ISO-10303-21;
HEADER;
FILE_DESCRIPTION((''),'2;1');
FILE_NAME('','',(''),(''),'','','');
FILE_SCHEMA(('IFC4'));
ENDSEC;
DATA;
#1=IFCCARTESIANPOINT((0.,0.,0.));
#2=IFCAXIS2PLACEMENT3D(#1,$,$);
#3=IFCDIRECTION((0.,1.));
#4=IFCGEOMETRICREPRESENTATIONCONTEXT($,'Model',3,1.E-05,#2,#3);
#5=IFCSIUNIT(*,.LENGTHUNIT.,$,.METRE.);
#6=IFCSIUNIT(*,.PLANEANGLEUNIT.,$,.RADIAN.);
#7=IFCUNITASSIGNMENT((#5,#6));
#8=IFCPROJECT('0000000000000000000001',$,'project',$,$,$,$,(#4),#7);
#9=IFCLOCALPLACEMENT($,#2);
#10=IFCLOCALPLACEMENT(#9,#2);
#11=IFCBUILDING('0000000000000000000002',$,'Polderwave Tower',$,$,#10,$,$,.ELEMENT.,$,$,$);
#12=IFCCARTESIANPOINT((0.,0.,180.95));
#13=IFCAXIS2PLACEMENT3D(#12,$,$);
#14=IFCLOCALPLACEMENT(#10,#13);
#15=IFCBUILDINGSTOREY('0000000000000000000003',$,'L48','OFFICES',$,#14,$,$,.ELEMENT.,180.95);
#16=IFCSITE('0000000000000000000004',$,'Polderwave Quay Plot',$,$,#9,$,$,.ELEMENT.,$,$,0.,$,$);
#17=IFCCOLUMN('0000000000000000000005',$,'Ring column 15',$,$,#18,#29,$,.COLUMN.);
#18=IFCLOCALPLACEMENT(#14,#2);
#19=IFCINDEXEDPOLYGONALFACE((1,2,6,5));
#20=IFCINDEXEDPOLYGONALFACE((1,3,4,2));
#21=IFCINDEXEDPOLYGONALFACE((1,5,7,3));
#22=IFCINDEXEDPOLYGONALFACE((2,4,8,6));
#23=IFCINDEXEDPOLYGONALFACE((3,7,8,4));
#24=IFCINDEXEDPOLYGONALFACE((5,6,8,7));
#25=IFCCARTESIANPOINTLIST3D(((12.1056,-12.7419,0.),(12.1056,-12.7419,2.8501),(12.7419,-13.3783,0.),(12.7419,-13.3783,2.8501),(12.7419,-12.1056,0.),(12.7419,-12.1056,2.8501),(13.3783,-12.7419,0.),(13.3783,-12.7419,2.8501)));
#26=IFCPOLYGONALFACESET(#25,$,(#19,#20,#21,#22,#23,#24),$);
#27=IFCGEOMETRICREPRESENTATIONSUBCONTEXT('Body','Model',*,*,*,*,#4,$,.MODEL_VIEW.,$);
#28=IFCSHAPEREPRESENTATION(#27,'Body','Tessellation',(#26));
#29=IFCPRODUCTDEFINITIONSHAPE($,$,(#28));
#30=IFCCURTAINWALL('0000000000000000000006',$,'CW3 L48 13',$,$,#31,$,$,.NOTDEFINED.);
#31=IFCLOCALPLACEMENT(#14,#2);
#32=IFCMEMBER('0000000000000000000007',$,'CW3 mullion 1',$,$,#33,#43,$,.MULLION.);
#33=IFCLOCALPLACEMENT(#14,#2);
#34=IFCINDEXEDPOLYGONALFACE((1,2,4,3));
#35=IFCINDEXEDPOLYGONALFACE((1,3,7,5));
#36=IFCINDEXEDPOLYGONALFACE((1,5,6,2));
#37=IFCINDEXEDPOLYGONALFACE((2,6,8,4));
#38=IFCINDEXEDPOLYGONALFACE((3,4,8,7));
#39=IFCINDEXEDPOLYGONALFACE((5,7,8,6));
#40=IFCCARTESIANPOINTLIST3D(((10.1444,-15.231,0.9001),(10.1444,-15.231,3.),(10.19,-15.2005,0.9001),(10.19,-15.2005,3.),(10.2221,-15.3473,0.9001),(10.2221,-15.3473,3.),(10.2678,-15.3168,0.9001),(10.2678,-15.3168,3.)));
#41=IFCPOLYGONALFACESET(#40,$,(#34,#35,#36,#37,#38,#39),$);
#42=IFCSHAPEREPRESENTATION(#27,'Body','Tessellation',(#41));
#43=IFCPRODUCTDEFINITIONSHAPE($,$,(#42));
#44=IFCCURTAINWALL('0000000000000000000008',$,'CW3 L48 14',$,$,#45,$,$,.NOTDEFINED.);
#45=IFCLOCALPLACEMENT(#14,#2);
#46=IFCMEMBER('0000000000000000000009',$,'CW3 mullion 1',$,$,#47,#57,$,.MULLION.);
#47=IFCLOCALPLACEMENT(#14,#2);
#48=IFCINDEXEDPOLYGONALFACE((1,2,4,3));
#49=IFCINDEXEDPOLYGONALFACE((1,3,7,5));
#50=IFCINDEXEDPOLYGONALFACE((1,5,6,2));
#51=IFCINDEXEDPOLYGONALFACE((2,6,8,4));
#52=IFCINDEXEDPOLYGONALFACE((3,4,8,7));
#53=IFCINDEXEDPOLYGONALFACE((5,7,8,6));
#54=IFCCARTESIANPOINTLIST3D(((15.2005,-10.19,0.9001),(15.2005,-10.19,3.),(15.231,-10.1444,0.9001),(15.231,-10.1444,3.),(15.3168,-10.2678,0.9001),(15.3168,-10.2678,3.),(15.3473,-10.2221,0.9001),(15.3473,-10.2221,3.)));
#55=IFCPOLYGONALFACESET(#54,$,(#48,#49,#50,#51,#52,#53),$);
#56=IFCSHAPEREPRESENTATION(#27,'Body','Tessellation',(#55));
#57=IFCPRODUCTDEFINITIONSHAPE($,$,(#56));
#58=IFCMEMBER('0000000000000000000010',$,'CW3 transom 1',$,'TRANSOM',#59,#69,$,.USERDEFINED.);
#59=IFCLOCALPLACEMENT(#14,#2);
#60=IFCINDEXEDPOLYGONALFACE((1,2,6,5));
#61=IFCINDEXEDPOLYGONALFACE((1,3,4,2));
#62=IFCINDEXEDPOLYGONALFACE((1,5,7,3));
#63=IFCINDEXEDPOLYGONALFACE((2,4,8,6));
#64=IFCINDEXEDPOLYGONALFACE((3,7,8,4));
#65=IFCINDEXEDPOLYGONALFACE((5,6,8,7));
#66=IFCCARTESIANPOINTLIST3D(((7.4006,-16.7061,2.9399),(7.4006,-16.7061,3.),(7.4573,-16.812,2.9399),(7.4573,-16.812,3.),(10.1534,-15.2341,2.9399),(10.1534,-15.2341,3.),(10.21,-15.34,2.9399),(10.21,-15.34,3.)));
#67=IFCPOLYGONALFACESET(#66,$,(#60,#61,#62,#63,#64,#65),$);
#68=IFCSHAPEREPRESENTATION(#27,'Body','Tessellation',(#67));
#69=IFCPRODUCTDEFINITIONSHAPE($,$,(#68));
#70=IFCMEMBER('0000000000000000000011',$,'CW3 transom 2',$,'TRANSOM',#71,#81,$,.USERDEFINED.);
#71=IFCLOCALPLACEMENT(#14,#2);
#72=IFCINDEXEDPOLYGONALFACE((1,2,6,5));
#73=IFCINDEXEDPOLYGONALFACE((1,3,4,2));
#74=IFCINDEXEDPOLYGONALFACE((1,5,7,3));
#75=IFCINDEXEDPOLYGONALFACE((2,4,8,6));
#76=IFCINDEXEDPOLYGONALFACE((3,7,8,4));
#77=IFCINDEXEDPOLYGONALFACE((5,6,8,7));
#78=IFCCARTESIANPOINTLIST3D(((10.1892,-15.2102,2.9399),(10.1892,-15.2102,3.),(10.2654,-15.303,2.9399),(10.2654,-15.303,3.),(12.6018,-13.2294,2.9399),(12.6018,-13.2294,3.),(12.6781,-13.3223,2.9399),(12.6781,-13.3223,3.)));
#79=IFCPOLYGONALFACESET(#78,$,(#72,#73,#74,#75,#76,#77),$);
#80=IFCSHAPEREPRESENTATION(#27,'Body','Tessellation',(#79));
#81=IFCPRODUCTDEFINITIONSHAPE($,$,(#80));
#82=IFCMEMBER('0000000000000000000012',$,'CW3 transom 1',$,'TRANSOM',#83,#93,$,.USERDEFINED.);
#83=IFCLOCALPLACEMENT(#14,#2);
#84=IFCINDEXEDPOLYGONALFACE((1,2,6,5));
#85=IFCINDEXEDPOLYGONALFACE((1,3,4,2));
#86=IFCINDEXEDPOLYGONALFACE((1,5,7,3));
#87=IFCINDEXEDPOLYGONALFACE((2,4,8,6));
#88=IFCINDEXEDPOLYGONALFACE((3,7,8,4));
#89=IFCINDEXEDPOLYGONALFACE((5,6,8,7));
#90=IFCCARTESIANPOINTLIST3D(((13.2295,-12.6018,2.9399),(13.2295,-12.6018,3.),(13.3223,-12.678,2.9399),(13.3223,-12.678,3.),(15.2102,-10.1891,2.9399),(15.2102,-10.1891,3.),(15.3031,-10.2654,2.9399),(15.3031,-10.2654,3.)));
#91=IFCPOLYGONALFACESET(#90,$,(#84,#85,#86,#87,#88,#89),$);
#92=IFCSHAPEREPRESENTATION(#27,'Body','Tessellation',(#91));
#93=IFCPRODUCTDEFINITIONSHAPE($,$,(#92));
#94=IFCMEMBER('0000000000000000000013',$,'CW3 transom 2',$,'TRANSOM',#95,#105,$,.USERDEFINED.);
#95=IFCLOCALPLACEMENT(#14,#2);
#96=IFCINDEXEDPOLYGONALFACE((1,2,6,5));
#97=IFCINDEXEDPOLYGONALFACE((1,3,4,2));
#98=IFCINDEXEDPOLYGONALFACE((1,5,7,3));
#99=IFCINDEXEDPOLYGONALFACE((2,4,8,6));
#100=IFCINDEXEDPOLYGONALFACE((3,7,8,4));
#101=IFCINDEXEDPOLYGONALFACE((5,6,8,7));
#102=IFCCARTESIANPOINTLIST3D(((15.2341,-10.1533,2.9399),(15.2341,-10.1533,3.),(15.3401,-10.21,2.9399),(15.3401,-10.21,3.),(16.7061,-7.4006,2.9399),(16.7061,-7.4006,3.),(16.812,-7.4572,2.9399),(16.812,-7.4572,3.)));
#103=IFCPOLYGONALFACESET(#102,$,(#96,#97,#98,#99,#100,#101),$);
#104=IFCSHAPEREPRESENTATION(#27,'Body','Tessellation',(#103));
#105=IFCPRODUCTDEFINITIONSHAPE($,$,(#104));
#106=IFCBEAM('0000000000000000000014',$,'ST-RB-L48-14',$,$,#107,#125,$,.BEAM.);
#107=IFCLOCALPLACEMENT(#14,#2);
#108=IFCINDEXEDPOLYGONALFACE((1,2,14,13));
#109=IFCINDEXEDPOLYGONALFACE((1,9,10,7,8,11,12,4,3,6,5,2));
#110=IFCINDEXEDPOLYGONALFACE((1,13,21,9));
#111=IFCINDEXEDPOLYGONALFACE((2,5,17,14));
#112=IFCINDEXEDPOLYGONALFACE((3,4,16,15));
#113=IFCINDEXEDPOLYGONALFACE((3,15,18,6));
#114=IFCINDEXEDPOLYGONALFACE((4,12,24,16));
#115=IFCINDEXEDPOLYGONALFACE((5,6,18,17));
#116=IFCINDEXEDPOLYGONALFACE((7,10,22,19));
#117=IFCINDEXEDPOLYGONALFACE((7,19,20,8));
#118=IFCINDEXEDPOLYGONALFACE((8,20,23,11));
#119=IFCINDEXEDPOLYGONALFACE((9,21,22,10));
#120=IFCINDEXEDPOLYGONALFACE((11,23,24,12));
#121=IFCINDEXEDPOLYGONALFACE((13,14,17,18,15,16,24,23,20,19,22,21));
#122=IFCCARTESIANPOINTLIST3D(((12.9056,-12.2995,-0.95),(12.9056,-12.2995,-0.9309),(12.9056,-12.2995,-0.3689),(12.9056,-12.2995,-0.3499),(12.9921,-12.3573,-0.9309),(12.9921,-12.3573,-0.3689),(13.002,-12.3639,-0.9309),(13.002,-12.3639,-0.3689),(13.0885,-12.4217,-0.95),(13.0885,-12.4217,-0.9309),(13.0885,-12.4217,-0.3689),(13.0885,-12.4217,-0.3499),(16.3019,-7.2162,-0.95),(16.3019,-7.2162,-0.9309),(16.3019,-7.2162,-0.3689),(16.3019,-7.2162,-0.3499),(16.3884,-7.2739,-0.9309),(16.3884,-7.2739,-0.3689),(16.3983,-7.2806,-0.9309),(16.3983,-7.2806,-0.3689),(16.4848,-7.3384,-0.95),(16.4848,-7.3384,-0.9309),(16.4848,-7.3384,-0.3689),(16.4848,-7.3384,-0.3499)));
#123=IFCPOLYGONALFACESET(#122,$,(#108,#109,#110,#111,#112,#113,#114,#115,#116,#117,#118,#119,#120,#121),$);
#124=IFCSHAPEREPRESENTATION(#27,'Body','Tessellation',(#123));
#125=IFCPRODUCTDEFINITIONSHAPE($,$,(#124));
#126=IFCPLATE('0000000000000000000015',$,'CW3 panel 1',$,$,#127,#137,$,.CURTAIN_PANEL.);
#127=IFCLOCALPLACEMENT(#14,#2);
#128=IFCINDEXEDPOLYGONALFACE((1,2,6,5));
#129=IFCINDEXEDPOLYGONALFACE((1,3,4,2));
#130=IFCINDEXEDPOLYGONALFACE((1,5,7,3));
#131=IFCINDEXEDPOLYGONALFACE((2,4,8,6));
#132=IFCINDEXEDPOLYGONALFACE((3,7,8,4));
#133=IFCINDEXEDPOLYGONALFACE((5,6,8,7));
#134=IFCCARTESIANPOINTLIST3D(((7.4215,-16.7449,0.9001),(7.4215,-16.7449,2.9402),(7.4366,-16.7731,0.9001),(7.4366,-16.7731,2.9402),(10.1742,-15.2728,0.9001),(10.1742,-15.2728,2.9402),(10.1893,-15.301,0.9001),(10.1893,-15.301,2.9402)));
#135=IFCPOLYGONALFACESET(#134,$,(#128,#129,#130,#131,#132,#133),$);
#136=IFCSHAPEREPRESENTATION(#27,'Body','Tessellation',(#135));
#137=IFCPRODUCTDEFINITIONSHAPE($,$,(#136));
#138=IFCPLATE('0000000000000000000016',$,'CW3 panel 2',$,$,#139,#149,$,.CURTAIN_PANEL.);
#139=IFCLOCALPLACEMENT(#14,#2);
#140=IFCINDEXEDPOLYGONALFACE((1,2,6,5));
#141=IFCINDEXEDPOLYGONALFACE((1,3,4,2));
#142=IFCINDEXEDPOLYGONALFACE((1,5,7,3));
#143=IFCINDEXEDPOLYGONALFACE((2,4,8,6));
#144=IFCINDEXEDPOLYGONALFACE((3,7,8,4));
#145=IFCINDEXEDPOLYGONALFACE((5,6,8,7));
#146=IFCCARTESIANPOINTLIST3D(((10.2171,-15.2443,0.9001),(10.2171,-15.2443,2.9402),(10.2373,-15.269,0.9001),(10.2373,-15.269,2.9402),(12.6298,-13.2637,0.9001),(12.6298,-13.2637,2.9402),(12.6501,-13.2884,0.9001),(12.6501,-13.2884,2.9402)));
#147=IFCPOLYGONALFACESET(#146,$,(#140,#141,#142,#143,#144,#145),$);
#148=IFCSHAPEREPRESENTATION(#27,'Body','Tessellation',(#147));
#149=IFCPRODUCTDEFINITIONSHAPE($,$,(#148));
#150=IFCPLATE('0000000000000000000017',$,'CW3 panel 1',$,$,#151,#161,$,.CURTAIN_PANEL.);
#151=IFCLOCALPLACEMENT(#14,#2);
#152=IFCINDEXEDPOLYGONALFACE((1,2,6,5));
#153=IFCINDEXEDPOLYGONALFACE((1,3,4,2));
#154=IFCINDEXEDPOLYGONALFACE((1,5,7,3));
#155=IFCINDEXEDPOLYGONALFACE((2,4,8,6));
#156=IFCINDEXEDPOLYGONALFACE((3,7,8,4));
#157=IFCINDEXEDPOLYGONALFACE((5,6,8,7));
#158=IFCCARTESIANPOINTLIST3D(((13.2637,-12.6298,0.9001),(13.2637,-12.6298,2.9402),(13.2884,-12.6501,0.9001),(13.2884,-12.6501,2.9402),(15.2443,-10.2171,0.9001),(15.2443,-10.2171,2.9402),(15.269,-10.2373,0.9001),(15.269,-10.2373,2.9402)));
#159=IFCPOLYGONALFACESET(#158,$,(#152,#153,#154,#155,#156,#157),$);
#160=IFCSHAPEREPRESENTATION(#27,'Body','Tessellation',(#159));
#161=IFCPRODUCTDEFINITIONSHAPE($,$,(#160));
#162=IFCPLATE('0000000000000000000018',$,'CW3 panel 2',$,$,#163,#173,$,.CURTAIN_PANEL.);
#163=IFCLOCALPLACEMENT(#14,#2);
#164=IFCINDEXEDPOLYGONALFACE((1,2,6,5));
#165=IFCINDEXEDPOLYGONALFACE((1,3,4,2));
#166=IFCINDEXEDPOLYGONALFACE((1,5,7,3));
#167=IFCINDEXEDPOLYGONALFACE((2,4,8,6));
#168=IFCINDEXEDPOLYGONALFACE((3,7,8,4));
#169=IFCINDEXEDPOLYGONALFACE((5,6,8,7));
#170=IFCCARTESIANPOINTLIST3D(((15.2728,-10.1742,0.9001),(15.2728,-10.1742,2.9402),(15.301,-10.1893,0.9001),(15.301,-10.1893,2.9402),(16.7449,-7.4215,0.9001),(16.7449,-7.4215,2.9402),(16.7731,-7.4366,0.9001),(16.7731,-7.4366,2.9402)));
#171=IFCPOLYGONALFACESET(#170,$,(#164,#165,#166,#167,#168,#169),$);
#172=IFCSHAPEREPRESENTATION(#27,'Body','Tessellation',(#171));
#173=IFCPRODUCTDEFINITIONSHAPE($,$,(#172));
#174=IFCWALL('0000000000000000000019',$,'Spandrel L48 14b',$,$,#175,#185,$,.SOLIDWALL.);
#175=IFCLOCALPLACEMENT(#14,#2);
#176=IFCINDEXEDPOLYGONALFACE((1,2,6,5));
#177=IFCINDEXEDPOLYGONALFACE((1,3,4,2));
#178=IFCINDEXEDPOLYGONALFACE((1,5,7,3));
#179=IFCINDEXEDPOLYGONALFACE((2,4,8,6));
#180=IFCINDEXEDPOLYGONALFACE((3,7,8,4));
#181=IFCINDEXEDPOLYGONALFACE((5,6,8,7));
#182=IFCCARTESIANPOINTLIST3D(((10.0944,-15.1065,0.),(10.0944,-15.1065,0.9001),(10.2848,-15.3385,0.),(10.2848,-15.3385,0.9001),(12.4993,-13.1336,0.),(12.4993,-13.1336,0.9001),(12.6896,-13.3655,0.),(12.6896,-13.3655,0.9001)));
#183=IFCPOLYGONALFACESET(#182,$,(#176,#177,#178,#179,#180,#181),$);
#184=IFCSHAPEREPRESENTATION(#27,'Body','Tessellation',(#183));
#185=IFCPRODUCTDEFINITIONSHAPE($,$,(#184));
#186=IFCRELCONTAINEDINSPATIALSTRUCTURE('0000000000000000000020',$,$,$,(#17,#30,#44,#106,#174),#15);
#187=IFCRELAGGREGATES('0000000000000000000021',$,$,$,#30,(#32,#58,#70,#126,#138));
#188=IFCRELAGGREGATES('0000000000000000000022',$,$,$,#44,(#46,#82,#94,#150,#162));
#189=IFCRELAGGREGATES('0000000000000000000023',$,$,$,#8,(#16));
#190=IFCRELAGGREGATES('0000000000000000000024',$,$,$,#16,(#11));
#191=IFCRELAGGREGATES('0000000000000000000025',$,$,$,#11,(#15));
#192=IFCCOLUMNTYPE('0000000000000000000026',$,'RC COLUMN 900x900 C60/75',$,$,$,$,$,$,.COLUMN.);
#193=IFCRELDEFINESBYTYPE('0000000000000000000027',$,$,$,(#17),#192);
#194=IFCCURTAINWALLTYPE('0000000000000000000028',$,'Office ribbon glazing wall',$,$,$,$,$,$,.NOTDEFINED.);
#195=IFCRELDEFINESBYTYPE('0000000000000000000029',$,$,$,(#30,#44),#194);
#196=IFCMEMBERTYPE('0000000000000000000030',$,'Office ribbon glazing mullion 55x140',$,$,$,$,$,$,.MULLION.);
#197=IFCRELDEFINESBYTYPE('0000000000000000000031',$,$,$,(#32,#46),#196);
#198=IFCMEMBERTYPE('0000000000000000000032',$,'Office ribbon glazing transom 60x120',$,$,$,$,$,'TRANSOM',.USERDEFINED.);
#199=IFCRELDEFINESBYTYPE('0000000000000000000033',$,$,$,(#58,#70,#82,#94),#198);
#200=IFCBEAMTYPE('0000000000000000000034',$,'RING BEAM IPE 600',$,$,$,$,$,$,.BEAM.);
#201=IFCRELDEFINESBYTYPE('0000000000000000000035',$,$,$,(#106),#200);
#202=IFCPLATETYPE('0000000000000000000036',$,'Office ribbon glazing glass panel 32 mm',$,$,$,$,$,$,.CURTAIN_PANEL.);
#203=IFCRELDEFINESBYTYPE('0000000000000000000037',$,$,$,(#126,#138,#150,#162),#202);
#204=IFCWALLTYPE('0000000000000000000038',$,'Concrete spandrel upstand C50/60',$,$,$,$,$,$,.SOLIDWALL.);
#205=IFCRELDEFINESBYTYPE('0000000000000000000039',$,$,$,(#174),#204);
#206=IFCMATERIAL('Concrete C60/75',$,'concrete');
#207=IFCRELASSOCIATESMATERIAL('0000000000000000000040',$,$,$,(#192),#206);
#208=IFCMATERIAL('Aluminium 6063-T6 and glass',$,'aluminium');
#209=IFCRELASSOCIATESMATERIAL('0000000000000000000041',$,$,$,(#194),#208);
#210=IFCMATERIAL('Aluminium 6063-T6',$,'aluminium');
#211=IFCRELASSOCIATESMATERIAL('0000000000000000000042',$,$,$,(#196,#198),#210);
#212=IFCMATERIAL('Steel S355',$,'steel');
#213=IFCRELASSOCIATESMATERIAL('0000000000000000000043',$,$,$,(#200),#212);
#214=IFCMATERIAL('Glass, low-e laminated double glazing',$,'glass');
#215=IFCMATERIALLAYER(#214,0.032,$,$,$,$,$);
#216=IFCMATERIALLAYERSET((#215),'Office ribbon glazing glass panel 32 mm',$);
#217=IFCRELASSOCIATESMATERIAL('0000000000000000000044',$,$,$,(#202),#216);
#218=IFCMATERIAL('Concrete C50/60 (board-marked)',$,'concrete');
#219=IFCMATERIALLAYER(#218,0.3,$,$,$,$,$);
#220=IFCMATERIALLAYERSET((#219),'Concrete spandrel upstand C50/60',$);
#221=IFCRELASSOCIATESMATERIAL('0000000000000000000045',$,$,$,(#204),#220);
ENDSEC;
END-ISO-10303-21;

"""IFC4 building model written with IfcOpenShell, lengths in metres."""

from ifc_helpers import new_model, si_unit, direction, frame, frame_2d, origin, origin_2d, place, context, subcontext, project, spatial, rectangle, i_section, extrude, material, layer, layer_set, material_profile, profile_set, type_object, element, aggregate, save


model = new_model("IFC4")

# Units and contexts
model_context = context("Model", 3, precision=1e-05, world=origin(), true_north=direction((0.0, 1.0)))
body_context = subcontext(model_context, "Body", "Model", "MODEL_VIEW")
ifc_project = project(units=[si_unit("LENGTHUNIT", "METRE"), si_unit("PLANEANGLEUNIT", "RADIAN")], contexts=[model_context])

# Site, building, storey
site_placement = place(None, origin())
site = spatial("IfcSite", under=ifc_project, at=site_placement, Name="Polderwave Quay Plot", CompositionType="ELEMENT", RefElevation=0.0)
building_placement = place(site_placement, origin())
building = spatial("IfcBuilding", under=site, at=building_placement, Name="Polderwave Tower", CompositionType="ELEMENT")
storey_placement = place(building_placement, frame((0.0, 0.0, 180.95)))
storey = spatial("IfcBuildingStorey", under=building, at=storey_placement, Name="L48", Description="OFFICES", CompositionType="ELEMENT", Elevation=180.95)

# Column
ifc_material_1 = material(Name="Concrete C60/75", Category="concrete")
ifc_material_profile_1 = material_profile(ifc_material_1, rectangle(XDim=0.8999, YDim=0.8999, at=origin_2d()), Name="RC 900x900")
ifc_profile_set_1 = profile_set([ifc_material_profile_1], Name="Concrete C60/75")
column_type = type_object("IfcColumnType", Name="RC COLUMN 900x900 C60/75", PredefinedType="COLUMN", material=ifc_profile_set_1)
column_placement = place(storey_placement, frame((12.7419, -12.7419, 0.0), z_axis=(0.0, 0.0, 1.0), x_axis=(0.707107, -0.707107, 0.0)))
element("IfcColumn", 1, at=column_placement, inside=storey, type_object=column_type, Name="Ring column 15", PredefinedType="COLUMN", context=body_context, shape_type="SweptSolid", body=[
    extrude(rectangle(XDim=0.8999, YDim=0.8999, at=origin_2d()), origin(), (0.0, 0.0, 1.0), 2.8501),
])

# Curtain walls, members
ifc_material_2 = material(Name="Aluminium 6063-T6 and glass", Category="aluminium")
curtain_wall_type = type_object("IfcCurtainWallType", Name="Office ribbon glazing wall", PredefinedType="NOTDEFINED", material=ifc_material_2)
curtain_wall_1_placement = place(storey_placement, origin())
curtain_wall_1 = element("IfcCurtainWall", 2, at=curtain_wall_1_placement, inside=storey, type_object=curtain_wall_type, Name="CW3 L48 13", PredefinedType="NOTDEFINED")
ifc_material_3 = material(Name="Aluminium 6063-T6", Category="aluminium")
ifc_material_profile_2 = material_profile(ifc_material_3, rectangle(XDim=0.1399, YDim=0.0549, at=origin_2d()), Name="AL 55x140")
ifc_profile_set_2 = profile_set([ifc_material_profile_2], Name="Aluminium 6063-T6")
member_type_1 = type_object("IfcMemberType", Name="Office ribbon glazing mullion 55x140", PredefinedType="MULLION", material=ifc_profile_set_2)
member_1_placement = place(storey_placement, frame((10.2061, -15.2739, 0.9001), z_axis=(0.0, 0.0, 1.0), x_axis=(-0.555695, 0.831386, 0.0)))
member_1 = element("IfcMember", 3, at=member_1_placement, type_object=member_type_1, Name="CW3 mullion 1", PredefinedType="MULLION", context=body_context, shape_type="SweptSolid", body=[
    extrude(rectangle(XDim=0.1399, YDim=0.0549, at=origin_2d()), origin(), (0.0, 0.0, 1.0), 2.0999),
])
curtain_wall_2_placement = place(storey_placement, origin())
curtain_wall_2 = element("IfcCurtainWall", 4, at=curtain_wall_2_placement, inside=storey, type_object=curtain_wall_type, Name="CW3 L48 14", PredefinedType="NOTDEFINED")
member_2_placement = place(storey_placement, frame((15.2739, -10.2061, 0.9001), z_axis=(0.0, 0.0, 1.0), x_axis=(-0.831386, 0.555695, 0.0)))
member_2 = element("IfcMember", 5, at=member_2_placement, type_object=member_type_1, Name="CW3 mullion 1", PredefinedType="MULLION", context=body_context, shape_type="SweptSolid", body=[
    extrude(rectangle(XDim=0.1399, YDim=0.0549, at=origin_2d()), origin(), (0.0, 0.0, 1.0), 2.0999),
])

# Members
ifc_material_profile_3 = material_profile(ifc_material_3, rectangle(XDim=0.1201, YDim=0.0601, at=origin_2d()), Name="AL 60x120")
ifc_profile_set_3 = profile_set([ifc_material_profile_3], Name="Aluminium 6063-T6")
member_type_2 = type_object("IfcMemberType", Name="Office ribbon glazing transom 60x120", ElementType="TRANSOM", PredefinedType="USERDEFINED", material=ifc_profile_set_3)
member_3_placement = place(storey_placement, frame((7.429, -16.759, 2.97), z_axis=(0.881844, 0.471542, 0.0), x_axis=(-0.471542, 0.881844, 0.0)))
member_3 = element("IfcMember", 6, at=member_3_placement, type_object=member_type_2, Name="CW3 transom 1", ObjectType="TRANSOM", PredefinedType="USERDEFINED", context=body_context, shape_type="SweptSolid", body=[
    extrude(rectangle(XDim=0.1201, YDim=0.0601, at=origin_2d()), origin(), (0.0, 0.0, 1.0), 3.1216),
])
member_4_placement = place(storey_placement, frame((10.2273, -15.2566, 2.97), z_axis=(0.772893, 0.634536, 0.0), x_axis=(-0.634536, 0.772893, 0.0)))
member_4 = element("IfcMember", 7, at=member_4_placement, type_object=member_type_2, Name="CW3 transom 2", ObjectType="TRANSOM", PredefinedType="USERDEFINED", context=body_context, shape_type="SweptSolid", body=[
    extrude(rectangle(XDim=0.1201, YDim=0.0601, at=origin_2d()), origin(), (0.0, 0.0, 1.0), 3.1216),
])
member_5_placement = place(storey_placement, frame((13.2759, -12.6399, 2.97), z_axis=(0.634536, 0.772893, 0.0), x_axis=(-0.772893, 0.634536, 0.0)))
member_5 = element("IfcMember", 8, at=member_5_placement, type_object=member_type_2, Name="CW3 transom 1", ObjectType="TRANSOM", PredefinedType="USERDEFINED", context=body_context, shape_type="SweptSolid", body=[
    extrude(rectangle(XDim=0.1201, YDim=0.0601, at=origin_2d()), origin(), (0.0, 0.0, 1.0), 3.1216),
])
member_6_placement = place(storey_placement, frame((15.2871, -10.1816, 2.97), z_axis=(0.471542, 0.881844, 0.0), x_axis=(-0.881844, 0.471542, 0.0)))
member_6 = element("IfcMember", 9, at=member_6_placement, type_object=member_type_2, Name="CW3 transom 2", ObjectType="TRANSOM", PredefinedType="USERDEFINED", context=body_context, shape_type="SweptSolid", body=[
    extrude(rectangle(XDim=0.1201, YDim=0.0601, at=origin_2d()), origin(), (0.0, 0.0, 1.0), 3.1216),
])

# Beam
ifc_material_4 = material(Name="Steel S355", Category="steel")
ifc_material_profile_4 = material_profile(ifc_material_4, i_section(OverallWidth=0.22, OverallDepth=0.6001, WebThickness=0.012, FlangeThickness=0.019, at=origin_2d()), Name="IPE 600")
ifc_profile_set_4 = profile_set([ifc_material_profile_4], Name="Steel S355")
beam_type = type_object("IfcBeamType", Name="RING BEAM IPE 600", PredefinedType="BEAM", material=ifc_profile_set_4)
beam_placement = place(storey_placement, frame((12.9971, -12.3606, -0.6499), z_axis=(0.555539, 0.831491, 0.0), x_axis=(-0.831491, 0.555539, 0.0)))
element("IfcBeam", 10, at=beam_placement, inside=storey, type_object=beam_type, Name="ST-RB-L48-14", PredefinedType="BEAM", context=body_context, shape_type="SweptSolid", body=[
    extrude(i_section(OverallWidth=0.22, OverallDepth=0.6001, WebThickness=0.012, FlangeThickness=0.019, at=origin_2d()), origin(), (0.0, 0.0, 1.0), 6.1135),
])

# Plates
ifc_material_5 = material(Name="Glass, low-e laminated double glazing", Category="glass")
ifc_layer_1 = layer(ifc_material_5, 0.032)
ifc_layer_set_1 = layer_set([ifc_layer_1], Name="Office ribbon glazing glass panel 32 mm")
plate_type = type_object("IfcPlateType", Name="Office ribbon glazing glass panel 32 mm", PredefinedType="CURTAIN_PANEL", material=ifc_layer_set_1)
plate_1_placement = place(storey_placement, frame((8.8054, -16.0229, 0.9001), z_axis=(0.0, 0.0, 1.0), x_axis=(0.881834, 0.47156, 0.0)))
plate_1 = element("IfcPlate", 11, at=plate_1_placement, type_object=plate_type, Name="CW3 panel 1", PredefinedType="CURTAIN_PANEL", context=body_context, shape_type="SweptSolid", body=[
    extrude(rectangle(XDim=3.1216, YDim=0.032, at=origin_2d()), origin(), (0.0, 0.0, 1.0), 2.04),
])
plate_2_placement = place(storey_placement, frame((11.4336, -14.2664, 0.9001), z_axis=(0.0, 0.0, 1.0), x_axis=(0.772937, 0.634482, 0.0)))
plate_2 = element("IfcPlate", 12, at=plate_2_placement, type_object=plate_type, Name="CW3 panel 2", PredefinedType="CURTAIN_PANEL", context=body_context, shape_type="SweptSolid", body=[
    extrude(rectangle(XDim=3.1216, YDim=0.032, at=origin_2d()), origin(), (0.0, 0.0, 1.0), 2.04),
])
aggregate(curtain_wall_1, [member_1, member_3, member_4, plate_1, plate_2])
plate_3_placement = place(storey_placement, frame((14.2664, -11.4336, 0.9001), z_axis=(0.0, 0.0, 1.0), x_axis=(0.634482, 0.772937, 0.0)))
plate_3 = element("IfcPlate", 13, at=plate_3_placement, type_object=plate_type, Name="CW3 panel 1", PredefinedType="CURTAIN_PANEL", context=body_context, shape_type="SweptSolid", body=[
    extrude(rectangle(XDim=3.1216, YDim=0.032, at=origin_2d()), origin(), (0.0, 0.0, 1.0), 2.04),
])
plate_4_placement = place(storey_placement, frame((16.0229, -8.8054, 0.9001), z_axis=(0.0, 0.0, 1.0), x_axis=(0.47156, 0.881834, 0.0)))
plate_4 = element("IfcPlate", 14, at=plate_4_placement, type_object=plate_type, Name="CW3 panel 2", PredefinedType="CURTAIN_PANEL", context=body_context, shape_type="SweptSolid", body=[
    extrude(rectangle(XDim=3.1216, YDim=0.032, at=origin_2d()), origin(), (0.0, 0.0, 1.0), 2.04),
])
aggregate(curtain_wall_2, [member_2, member_5, member_6, plate_3, plate_4])

# Wall
ifc_material_6 = material(Name="Concrete C50/60 (board-marked)", Category="concrete")
ifc_layer_2 = layer(ifc_material_6, 0.3)
ifc_layer_set_2 = layer_set([ifc_layer_2], Name="Concrete spandrel upstand C50/60")
wall_type_1 = type_object("IfcWallType", Name="Concrete spandrel upstand C50/60", PredefinedType="SOLIDWALL", material=ifc_layer_set_2)
for number, where, z_axis, x_axis, name in (
    (15, (10.1897, -15.2224, 0.0), (0.0, 0.0, 1.0), (0.773114, 0.634267, 0.0), "Spandrel L48 14b"),
):
    element("IfcWall", number, at=place(storey_placement, frame(where, z_axis=z_axis, x_axis=x_axis)), inside=storey, type_object=wall_type_1, Name=name, PredefinedType="SOLIDWALL", context=body_context, shape_type="SweptSolid", body=[
        extrude(rectangle(XDim=3.1106, YDim=0.3, at=frame_2d((1.5552, 0.0))), origin(), (0.0, 0.0, 1.0), 0.9001),
    ])

save(model, "model.ifc")
